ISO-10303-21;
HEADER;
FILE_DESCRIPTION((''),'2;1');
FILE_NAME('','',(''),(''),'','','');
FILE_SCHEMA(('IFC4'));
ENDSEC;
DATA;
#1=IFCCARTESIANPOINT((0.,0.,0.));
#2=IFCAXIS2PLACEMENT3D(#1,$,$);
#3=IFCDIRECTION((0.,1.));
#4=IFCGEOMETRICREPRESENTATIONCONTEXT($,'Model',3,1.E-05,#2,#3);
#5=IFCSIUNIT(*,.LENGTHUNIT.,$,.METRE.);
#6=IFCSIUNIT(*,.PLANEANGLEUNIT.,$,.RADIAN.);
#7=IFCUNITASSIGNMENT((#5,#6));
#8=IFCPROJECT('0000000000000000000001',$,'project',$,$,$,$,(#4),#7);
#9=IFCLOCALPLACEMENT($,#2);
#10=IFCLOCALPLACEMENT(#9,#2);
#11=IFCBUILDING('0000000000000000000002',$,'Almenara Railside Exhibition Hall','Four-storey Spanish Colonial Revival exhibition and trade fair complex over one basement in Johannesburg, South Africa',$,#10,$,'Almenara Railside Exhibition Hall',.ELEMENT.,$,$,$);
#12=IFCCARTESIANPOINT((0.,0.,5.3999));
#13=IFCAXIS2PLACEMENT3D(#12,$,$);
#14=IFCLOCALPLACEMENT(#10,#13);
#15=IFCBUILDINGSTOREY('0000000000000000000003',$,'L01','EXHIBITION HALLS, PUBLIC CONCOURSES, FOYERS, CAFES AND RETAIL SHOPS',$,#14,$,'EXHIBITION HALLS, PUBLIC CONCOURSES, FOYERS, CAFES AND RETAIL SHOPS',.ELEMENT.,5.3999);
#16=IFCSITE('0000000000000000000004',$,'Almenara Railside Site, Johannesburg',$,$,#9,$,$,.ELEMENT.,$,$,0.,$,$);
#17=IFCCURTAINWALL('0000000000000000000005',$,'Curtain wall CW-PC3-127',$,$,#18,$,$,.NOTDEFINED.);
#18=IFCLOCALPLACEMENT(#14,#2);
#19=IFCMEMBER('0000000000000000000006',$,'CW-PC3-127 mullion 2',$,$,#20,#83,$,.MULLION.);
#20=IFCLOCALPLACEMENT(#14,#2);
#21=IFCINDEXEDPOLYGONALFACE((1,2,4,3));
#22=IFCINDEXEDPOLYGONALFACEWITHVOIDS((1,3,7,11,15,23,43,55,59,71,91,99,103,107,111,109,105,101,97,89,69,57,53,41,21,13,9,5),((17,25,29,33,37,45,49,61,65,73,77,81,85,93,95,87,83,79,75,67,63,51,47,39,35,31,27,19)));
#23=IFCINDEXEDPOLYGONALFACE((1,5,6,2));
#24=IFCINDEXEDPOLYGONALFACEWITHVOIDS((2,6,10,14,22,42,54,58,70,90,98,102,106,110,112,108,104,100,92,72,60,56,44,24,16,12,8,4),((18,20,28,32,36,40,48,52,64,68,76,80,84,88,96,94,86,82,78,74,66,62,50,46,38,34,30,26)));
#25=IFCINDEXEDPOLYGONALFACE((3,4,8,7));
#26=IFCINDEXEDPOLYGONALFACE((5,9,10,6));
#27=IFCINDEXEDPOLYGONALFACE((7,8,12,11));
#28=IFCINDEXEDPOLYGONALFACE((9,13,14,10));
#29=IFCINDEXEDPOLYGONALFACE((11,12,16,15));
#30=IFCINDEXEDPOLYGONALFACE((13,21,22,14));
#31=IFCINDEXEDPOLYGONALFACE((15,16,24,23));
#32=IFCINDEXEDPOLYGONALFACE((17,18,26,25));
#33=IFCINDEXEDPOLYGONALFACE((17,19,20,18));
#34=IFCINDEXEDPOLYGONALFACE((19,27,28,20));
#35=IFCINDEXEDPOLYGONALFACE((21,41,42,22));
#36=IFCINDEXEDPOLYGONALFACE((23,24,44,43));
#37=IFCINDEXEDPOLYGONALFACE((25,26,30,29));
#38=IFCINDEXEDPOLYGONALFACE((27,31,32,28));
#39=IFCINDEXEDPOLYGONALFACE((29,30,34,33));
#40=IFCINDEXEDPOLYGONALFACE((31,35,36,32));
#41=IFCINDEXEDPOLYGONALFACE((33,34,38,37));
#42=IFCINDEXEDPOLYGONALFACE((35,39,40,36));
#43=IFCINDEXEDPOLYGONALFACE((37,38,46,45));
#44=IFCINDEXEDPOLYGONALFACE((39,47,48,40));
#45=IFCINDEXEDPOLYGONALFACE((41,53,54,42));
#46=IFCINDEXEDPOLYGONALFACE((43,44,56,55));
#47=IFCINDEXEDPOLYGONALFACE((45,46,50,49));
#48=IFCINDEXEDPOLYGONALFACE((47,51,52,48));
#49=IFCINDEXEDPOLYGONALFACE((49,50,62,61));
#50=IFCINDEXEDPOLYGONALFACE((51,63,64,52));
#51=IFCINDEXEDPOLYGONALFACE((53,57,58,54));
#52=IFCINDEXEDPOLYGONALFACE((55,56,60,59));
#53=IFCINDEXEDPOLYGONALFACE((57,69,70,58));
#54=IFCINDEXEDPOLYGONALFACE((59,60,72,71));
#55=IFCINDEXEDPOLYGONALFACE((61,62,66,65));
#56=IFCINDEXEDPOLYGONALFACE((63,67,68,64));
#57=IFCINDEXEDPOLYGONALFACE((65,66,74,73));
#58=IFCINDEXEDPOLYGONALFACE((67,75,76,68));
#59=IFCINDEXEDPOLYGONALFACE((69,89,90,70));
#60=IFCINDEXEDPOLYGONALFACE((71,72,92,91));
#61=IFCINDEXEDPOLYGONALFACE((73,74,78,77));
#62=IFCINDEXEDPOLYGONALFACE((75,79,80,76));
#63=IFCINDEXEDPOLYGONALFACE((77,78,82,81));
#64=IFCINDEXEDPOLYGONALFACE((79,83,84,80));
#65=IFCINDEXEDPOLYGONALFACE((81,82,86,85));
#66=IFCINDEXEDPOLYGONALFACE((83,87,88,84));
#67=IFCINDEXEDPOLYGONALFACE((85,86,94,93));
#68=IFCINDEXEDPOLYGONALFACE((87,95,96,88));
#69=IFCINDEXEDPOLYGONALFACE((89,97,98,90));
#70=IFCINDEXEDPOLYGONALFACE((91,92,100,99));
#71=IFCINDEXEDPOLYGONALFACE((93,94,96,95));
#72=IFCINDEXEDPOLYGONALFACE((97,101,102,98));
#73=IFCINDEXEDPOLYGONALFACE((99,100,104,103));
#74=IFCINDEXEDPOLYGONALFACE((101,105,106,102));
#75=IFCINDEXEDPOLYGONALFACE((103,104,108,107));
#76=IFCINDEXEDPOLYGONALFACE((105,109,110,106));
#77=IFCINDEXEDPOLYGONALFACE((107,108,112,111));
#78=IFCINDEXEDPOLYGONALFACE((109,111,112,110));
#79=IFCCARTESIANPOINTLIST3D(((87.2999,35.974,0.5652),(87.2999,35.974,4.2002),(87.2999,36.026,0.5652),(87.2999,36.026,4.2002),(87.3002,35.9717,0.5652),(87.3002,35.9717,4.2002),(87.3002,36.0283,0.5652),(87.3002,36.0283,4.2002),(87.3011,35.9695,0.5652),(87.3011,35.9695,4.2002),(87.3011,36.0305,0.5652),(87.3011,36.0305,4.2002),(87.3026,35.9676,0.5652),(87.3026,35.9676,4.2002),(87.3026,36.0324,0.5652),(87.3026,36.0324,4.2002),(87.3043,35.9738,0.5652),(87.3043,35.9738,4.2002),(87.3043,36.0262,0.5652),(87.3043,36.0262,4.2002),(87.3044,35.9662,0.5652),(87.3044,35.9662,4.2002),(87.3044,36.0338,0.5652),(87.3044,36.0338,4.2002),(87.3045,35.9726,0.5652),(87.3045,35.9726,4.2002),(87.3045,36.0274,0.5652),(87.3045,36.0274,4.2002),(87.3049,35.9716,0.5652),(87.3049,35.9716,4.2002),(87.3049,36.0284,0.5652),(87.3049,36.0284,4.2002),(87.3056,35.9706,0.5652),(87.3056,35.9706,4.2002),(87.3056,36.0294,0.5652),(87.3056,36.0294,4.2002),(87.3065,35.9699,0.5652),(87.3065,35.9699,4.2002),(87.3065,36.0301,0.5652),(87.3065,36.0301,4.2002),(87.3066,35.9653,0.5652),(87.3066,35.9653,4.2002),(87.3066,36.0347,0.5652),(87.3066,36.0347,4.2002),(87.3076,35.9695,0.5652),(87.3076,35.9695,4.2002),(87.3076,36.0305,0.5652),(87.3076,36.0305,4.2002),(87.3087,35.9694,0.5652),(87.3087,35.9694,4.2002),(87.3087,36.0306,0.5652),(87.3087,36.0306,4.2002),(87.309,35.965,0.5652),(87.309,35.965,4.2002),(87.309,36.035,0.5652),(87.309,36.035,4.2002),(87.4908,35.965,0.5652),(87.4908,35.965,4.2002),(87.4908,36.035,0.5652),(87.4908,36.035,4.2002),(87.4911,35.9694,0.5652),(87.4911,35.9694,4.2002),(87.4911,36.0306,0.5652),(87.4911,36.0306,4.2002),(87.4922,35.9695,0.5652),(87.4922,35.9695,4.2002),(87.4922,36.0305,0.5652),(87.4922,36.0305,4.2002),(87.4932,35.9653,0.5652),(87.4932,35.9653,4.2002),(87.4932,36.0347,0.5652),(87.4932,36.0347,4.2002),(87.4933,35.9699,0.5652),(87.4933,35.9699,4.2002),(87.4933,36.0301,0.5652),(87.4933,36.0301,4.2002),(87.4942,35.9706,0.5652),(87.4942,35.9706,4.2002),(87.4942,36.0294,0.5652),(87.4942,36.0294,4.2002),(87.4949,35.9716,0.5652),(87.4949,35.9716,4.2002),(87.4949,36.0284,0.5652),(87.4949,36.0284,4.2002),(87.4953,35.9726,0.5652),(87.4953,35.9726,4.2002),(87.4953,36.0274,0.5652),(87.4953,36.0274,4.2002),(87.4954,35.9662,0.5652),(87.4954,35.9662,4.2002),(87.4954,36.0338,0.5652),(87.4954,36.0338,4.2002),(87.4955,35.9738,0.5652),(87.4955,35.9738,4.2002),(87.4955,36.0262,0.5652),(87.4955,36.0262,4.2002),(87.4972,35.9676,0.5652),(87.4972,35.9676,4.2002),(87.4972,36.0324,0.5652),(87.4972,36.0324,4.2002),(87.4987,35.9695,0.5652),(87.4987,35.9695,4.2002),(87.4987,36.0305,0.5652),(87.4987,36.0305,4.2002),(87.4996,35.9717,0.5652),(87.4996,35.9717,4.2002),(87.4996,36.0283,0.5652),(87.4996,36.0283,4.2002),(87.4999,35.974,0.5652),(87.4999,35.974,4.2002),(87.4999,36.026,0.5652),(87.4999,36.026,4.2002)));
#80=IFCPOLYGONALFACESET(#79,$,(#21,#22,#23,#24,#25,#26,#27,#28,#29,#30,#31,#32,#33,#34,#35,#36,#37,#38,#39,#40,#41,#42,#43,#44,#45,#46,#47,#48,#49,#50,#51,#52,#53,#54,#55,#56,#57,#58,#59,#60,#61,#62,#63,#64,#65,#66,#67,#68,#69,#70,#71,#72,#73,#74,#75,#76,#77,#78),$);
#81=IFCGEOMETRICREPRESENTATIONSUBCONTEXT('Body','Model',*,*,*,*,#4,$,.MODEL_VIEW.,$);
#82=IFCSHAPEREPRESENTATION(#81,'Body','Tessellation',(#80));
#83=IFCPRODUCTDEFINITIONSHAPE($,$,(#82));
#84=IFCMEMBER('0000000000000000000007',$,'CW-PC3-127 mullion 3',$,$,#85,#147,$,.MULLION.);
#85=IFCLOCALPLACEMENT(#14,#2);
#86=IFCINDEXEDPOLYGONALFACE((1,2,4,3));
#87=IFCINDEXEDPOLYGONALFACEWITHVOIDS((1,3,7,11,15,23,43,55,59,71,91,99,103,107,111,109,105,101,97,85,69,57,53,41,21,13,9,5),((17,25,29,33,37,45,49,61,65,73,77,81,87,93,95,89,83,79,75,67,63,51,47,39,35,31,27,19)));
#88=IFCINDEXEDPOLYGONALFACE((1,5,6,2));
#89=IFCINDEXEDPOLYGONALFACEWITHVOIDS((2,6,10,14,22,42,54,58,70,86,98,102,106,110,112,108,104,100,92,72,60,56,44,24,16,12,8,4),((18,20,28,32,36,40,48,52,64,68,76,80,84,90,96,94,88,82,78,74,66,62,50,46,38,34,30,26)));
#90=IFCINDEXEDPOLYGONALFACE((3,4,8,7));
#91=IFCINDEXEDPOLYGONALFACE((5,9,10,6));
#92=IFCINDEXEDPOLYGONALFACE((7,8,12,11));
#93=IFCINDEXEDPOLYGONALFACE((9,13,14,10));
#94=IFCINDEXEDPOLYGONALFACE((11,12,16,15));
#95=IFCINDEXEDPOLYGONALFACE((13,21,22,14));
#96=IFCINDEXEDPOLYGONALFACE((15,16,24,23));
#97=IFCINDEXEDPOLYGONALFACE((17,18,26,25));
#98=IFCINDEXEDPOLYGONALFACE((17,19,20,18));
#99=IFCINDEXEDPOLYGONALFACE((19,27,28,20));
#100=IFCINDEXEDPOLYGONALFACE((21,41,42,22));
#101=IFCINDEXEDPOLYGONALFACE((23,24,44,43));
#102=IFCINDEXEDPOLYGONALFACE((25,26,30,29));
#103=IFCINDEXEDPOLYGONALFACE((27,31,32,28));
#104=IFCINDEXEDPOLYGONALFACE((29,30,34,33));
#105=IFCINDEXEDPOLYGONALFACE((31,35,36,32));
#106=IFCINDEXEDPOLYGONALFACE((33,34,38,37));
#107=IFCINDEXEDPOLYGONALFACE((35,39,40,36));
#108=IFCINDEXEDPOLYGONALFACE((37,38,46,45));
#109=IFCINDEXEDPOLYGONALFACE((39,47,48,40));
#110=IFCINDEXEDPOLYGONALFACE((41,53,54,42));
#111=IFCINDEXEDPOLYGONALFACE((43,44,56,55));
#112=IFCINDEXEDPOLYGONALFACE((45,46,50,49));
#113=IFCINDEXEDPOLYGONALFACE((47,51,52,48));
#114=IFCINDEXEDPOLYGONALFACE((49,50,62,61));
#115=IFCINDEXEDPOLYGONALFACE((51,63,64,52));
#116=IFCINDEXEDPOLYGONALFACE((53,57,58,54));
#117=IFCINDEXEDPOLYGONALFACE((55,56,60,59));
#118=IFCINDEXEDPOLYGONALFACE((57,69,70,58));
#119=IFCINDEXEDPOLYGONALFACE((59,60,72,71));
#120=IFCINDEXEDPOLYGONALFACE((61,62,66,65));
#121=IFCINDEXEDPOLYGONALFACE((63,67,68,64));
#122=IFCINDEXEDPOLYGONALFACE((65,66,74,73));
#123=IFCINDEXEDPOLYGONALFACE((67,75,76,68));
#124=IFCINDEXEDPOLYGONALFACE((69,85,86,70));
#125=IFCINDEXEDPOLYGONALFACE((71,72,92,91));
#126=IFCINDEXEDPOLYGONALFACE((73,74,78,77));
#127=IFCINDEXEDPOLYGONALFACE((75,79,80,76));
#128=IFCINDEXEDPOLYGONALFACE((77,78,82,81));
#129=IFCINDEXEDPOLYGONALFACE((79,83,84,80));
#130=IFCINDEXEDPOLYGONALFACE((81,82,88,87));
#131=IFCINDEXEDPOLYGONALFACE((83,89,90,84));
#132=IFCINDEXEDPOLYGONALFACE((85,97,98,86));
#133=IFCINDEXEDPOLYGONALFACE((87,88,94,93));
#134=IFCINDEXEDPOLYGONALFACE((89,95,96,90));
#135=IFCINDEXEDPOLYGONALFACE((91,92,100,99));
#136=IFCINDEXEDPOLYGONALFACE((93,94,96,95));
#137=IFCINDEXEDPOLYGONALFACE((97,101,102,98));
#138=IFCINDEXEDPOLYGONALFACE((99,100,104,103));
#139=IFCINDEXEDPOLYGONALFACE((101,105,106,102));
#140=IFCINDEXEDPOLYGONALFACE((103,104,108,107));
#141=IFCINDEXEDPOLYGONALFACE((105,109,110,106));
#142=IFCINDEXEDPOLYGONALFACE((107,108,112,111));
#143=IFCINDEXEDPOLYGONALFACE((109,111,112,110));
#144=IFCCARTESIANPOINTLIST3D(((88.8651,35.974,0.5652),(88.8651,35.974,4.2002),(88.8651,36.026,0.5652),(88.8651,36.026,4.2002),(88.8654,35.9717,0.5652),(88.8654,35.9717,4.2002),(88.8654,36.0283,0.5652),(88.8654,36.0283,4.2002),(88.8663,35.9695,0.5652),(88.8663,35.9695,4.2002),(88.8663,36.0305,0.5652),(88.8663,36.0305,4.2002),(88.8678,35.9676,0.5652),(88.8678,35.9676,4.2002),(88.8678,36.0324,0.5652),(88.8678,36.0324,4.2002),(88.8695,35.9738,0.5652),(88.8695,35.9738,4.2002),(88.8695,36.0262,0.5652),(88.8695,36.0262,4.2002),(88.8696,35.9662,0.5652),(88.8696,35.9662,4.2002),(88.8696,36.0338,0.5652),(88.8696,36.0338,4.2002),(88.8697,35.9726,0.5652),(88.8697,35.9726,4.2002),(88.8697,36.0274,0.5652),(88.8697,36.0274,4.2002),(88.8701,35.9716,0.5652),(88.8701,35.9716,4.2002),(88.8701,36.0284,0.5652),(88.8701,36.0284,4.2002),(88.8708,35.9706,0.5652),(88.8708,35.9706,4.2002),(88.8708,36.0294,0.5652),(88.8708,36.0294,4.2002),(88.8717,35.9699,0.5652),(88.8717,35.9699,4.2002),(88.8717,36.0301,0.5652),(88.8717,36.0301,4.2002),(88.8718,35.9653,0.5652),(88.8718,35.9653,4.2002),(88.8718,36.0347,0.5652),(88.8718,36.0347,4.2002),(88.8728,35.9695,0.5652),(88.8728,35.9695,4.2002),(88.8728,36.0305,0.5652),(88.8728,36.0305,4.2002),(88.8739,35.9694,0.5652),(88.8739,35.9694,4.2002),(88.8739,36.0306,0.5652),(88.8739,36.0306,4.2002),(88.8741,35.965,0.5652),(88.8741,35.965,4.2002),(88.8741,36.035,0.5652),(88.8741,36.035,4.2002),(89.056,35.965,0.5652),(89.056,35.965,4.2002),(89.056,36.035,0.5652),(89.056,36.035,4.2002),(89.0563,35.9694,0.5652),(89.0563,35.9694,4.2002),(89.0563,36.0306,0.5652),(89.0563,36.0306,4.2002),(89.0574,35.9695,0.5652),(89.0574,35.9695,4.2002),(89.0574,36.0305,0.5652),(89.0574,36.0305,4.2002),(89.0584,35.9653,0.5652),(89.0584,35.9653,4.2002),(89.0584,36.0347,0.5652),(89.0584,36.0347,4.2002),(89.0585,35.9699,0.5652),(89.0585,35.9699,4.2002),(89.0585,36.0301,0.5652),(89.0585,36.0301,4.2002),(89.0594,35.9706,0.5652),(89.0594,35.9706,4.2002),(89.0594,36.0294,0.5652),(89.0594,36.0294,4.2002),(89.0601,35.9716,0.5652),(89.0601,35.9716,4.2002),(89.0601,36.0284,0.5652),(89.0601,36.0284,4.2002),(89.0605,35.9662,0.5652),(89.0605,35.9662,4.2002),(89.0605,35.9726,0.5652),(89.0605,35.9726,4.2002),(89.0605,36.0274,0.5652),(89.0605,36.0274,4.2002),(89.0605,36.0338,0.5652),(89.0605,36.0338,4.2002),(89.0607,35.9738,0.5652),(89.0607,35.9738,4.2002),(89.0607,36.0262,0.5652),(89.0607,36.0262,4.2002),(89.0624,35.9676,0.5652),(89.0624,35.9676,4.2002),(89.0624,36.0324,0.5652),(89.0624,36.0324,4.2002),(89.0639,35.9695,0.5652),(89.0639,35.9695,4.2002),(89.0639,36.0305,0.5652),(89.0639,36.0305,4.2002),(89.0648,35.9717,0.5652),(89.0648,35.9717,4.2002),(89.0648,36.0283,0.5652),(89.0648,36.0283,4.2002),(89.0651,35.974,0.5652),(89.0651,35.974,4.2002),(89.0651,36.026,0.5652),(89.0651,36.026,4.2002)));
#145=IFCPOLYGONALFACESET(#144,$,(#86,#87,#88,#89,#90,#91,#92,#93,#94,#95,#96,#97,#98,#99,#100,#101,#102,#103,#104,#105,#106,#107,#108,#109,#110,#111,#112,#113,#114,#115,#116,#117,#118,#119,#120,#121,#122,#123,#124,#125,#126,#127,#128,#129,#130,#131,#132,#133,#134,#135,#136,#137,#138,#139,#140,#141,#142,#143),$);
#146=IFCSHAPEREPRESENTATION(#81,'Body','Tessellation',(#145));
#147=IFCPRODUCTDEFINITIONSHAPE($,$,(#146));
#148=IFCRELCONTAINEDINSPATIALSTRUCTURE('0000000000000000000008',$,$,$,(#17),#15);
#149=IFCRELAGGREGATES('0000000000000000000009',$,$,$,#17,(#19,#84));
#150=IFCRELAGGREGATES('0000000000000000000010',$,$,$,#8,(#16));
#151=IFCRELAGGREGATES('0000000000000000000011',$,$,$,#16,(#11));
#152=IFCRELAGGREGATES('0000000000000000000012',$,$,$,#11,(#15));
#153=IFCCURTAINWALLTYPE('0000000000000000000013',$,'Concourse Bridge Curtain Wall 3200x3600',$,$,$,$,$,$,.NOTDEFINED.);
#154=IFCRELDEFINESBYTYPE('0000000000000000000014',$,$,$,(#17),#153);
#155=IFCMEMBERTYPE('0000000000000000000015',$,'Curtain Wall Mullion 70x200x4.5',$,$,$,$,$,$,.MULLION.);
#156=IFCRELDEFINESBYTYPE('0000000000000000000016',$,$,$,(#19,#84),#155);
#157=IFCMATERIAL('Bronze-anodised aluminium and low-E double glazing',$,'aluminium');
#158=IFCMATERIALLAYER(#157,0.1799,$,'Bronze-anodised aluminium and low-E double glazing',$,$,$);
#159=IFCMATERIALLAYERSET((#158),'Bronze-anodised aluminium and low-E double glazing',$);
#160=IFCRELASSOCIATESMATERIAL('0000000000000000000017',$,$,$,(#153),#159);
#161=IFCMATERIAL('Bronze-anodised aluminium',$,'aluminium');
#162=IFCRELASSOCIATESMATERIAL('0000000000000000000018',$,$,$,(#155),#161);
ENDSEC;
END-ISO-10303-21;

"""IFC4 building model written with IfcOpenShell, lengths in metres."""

from ifc_helpers import new_model, si_unit, direction, frame, origin, origin_2d, place, context, subcontext, project, spatial, hollow_rectangle, extrude, material, layer, layer_set, material_profile, profile_set, type_object, element, aggregate, save


model = new_model("IFC4")

# Units and contexts
model_context = context("Model", 3, precision=1e-05, world=origin(), true_north=direction((0.0, 1.0)))
body_context = subcontext(model_context, "Body", "Model", "MODEL_VIEW")
ifc_project = project(units=[si_unit("LENGTHUNIT", "METRE"), si_unit("PLANEANGLEUNIT", "RADIAN")], contexts=[model_context])

# Site, building, storey
site_placement = place(None, origin())
site = spatial("IfcSite", under=ifc_project, at=site_placement, Name="Almenara Railside Site, Johannesburg", CompositionType="ELEMENT", RefElevation=0.0)
building_placement = place(site_placement, origin())
building = spatial("IfcBuilding", under=site, at=building_placement, Name="Almenara Railside Exhibition Hall", Description="Four-storey Spanish Colonial Revival exhibition and trade fair complex over one basement in Johannesburg, South Africa", LongName="Almenara Railside Exhibition Hall", CompositionType="ELEMENT")
storey_placement = place(building_placement, frame((0.0, 0.0, 5.3999)))
storey = spatial("IfcBuildingStorey", under=building, at=storey_placement, Name="L01", Description="EXHIBITION HALLS, PUBLIC CONCOURSES, FOYERS, CAFES AND RETAIL SHOPS", LongName="EXHIBITION HALLS, PUBLIC CONCOURSES, FOYERS, CAFES AND RETAIL SHOPS", CompositionType="ELEMENT", Elevation=5.3999)

# Curtain wall, members
ifc_material_1 = material(Name="Bronze-anodised aluminium and low-E double glazing", Category="aluminium")
ifc_material_2 = material(Name="Bronze-anodised aluminium", Category="aluminium")
ifc_layer_1 = layer(ifc_material_1, 0.1799, Name="Bronze-anodised aluminium and low-E double glazing")
ifc_layer_set_1 = layer_set([ifc_layer_1], Name="Bronze-anodised aluminium and low-E double glazing")
curtain_wall_type_1 = type_object("IfcCurtainWallType", Name="Concourse Bridge Curtain Wall 3200x3600", PredefinedType="NOTDEFINED", material=ifc_layer_set_1)
curtain_wall_1_placement = place(storey_placement, origin())
curtain_wall_1 = element("IfcCurtainWall", 1, at=curtain_wall_1_placement, inside=storey, type_object=curtain_wall_type_1, Name="Curtain wall CW-PC3-127", PredefinedType="NOTDEFINED")
ifc_material_profile_1 = material_profile(ifc_material_2, hollow_rectangle(XDim=0.0701, YDim=0.2, WallThickness=0.0044, InnerFilletRadius=0.0044, OuterFilletRadius=0.009, at=origin_2d()), Name="ALU-MUL 70x200x4.5")
ifc_profile_set_1 = profile_set([ifc_material_profile_1], Name="Bronze-anodised aluminium")
member_type_1 = type_object("IfcMemberType", Name="Curtain Wall Mullion 70x200x4.5", PredefinedType="MULLION", material=ifc_profile_set_1)
member_1_placement = place(storey_placement, frame((87.3999, 36.0, 0.5652), z_axis=(0.0, 0.0, 1.0), x_axis=(0.0, 1.0, 0.0)))
member_1 = element("IfcMember", 2, at=member_1_placement, type_object=member_type_1, Name="CW-PC3-127 mullion 2", PredefinedType="MULLION", context=body_context, shape_type="SweptSolid", body=[
    extrude(hollow_rectangle(XDim=0.0701, YDim=0.2, WallThickness=0.0044, InnerFilletRadius=0.0044, OuterFilletRadius=0.009, at=origin_2d()), origin(), (0.0, 0.0, 1.0), 3.635),
])
member_2_placement = place(storey_placement, frame((88.9651, 36.0, 0.5652), z_axis=(0.0, 0.0, 1.0), x_axis=(0.0, 1.0, 0.0)))
member_2 = element("IfcMember", 3, at=member_2_placement, type_object=member_type_1, Name="CW-PC3-127 mullion 3", PredefinedType="MULLION", context=body_context, shape_type="SweptSolid", body=[
    extrude(hollow_rectangle(XDim=0.0701, YDim=0.2, WallThickness=0.0044, InnerFilletRadius=0.0044, OuterFilletRadius=0.009, at=origin_2d()), origin(), (0.0, 0.0, 1.0), 3.635),
])

aggregate(curtain_wall_1, [member_1, member_2])

save(model, "model.ifc")
